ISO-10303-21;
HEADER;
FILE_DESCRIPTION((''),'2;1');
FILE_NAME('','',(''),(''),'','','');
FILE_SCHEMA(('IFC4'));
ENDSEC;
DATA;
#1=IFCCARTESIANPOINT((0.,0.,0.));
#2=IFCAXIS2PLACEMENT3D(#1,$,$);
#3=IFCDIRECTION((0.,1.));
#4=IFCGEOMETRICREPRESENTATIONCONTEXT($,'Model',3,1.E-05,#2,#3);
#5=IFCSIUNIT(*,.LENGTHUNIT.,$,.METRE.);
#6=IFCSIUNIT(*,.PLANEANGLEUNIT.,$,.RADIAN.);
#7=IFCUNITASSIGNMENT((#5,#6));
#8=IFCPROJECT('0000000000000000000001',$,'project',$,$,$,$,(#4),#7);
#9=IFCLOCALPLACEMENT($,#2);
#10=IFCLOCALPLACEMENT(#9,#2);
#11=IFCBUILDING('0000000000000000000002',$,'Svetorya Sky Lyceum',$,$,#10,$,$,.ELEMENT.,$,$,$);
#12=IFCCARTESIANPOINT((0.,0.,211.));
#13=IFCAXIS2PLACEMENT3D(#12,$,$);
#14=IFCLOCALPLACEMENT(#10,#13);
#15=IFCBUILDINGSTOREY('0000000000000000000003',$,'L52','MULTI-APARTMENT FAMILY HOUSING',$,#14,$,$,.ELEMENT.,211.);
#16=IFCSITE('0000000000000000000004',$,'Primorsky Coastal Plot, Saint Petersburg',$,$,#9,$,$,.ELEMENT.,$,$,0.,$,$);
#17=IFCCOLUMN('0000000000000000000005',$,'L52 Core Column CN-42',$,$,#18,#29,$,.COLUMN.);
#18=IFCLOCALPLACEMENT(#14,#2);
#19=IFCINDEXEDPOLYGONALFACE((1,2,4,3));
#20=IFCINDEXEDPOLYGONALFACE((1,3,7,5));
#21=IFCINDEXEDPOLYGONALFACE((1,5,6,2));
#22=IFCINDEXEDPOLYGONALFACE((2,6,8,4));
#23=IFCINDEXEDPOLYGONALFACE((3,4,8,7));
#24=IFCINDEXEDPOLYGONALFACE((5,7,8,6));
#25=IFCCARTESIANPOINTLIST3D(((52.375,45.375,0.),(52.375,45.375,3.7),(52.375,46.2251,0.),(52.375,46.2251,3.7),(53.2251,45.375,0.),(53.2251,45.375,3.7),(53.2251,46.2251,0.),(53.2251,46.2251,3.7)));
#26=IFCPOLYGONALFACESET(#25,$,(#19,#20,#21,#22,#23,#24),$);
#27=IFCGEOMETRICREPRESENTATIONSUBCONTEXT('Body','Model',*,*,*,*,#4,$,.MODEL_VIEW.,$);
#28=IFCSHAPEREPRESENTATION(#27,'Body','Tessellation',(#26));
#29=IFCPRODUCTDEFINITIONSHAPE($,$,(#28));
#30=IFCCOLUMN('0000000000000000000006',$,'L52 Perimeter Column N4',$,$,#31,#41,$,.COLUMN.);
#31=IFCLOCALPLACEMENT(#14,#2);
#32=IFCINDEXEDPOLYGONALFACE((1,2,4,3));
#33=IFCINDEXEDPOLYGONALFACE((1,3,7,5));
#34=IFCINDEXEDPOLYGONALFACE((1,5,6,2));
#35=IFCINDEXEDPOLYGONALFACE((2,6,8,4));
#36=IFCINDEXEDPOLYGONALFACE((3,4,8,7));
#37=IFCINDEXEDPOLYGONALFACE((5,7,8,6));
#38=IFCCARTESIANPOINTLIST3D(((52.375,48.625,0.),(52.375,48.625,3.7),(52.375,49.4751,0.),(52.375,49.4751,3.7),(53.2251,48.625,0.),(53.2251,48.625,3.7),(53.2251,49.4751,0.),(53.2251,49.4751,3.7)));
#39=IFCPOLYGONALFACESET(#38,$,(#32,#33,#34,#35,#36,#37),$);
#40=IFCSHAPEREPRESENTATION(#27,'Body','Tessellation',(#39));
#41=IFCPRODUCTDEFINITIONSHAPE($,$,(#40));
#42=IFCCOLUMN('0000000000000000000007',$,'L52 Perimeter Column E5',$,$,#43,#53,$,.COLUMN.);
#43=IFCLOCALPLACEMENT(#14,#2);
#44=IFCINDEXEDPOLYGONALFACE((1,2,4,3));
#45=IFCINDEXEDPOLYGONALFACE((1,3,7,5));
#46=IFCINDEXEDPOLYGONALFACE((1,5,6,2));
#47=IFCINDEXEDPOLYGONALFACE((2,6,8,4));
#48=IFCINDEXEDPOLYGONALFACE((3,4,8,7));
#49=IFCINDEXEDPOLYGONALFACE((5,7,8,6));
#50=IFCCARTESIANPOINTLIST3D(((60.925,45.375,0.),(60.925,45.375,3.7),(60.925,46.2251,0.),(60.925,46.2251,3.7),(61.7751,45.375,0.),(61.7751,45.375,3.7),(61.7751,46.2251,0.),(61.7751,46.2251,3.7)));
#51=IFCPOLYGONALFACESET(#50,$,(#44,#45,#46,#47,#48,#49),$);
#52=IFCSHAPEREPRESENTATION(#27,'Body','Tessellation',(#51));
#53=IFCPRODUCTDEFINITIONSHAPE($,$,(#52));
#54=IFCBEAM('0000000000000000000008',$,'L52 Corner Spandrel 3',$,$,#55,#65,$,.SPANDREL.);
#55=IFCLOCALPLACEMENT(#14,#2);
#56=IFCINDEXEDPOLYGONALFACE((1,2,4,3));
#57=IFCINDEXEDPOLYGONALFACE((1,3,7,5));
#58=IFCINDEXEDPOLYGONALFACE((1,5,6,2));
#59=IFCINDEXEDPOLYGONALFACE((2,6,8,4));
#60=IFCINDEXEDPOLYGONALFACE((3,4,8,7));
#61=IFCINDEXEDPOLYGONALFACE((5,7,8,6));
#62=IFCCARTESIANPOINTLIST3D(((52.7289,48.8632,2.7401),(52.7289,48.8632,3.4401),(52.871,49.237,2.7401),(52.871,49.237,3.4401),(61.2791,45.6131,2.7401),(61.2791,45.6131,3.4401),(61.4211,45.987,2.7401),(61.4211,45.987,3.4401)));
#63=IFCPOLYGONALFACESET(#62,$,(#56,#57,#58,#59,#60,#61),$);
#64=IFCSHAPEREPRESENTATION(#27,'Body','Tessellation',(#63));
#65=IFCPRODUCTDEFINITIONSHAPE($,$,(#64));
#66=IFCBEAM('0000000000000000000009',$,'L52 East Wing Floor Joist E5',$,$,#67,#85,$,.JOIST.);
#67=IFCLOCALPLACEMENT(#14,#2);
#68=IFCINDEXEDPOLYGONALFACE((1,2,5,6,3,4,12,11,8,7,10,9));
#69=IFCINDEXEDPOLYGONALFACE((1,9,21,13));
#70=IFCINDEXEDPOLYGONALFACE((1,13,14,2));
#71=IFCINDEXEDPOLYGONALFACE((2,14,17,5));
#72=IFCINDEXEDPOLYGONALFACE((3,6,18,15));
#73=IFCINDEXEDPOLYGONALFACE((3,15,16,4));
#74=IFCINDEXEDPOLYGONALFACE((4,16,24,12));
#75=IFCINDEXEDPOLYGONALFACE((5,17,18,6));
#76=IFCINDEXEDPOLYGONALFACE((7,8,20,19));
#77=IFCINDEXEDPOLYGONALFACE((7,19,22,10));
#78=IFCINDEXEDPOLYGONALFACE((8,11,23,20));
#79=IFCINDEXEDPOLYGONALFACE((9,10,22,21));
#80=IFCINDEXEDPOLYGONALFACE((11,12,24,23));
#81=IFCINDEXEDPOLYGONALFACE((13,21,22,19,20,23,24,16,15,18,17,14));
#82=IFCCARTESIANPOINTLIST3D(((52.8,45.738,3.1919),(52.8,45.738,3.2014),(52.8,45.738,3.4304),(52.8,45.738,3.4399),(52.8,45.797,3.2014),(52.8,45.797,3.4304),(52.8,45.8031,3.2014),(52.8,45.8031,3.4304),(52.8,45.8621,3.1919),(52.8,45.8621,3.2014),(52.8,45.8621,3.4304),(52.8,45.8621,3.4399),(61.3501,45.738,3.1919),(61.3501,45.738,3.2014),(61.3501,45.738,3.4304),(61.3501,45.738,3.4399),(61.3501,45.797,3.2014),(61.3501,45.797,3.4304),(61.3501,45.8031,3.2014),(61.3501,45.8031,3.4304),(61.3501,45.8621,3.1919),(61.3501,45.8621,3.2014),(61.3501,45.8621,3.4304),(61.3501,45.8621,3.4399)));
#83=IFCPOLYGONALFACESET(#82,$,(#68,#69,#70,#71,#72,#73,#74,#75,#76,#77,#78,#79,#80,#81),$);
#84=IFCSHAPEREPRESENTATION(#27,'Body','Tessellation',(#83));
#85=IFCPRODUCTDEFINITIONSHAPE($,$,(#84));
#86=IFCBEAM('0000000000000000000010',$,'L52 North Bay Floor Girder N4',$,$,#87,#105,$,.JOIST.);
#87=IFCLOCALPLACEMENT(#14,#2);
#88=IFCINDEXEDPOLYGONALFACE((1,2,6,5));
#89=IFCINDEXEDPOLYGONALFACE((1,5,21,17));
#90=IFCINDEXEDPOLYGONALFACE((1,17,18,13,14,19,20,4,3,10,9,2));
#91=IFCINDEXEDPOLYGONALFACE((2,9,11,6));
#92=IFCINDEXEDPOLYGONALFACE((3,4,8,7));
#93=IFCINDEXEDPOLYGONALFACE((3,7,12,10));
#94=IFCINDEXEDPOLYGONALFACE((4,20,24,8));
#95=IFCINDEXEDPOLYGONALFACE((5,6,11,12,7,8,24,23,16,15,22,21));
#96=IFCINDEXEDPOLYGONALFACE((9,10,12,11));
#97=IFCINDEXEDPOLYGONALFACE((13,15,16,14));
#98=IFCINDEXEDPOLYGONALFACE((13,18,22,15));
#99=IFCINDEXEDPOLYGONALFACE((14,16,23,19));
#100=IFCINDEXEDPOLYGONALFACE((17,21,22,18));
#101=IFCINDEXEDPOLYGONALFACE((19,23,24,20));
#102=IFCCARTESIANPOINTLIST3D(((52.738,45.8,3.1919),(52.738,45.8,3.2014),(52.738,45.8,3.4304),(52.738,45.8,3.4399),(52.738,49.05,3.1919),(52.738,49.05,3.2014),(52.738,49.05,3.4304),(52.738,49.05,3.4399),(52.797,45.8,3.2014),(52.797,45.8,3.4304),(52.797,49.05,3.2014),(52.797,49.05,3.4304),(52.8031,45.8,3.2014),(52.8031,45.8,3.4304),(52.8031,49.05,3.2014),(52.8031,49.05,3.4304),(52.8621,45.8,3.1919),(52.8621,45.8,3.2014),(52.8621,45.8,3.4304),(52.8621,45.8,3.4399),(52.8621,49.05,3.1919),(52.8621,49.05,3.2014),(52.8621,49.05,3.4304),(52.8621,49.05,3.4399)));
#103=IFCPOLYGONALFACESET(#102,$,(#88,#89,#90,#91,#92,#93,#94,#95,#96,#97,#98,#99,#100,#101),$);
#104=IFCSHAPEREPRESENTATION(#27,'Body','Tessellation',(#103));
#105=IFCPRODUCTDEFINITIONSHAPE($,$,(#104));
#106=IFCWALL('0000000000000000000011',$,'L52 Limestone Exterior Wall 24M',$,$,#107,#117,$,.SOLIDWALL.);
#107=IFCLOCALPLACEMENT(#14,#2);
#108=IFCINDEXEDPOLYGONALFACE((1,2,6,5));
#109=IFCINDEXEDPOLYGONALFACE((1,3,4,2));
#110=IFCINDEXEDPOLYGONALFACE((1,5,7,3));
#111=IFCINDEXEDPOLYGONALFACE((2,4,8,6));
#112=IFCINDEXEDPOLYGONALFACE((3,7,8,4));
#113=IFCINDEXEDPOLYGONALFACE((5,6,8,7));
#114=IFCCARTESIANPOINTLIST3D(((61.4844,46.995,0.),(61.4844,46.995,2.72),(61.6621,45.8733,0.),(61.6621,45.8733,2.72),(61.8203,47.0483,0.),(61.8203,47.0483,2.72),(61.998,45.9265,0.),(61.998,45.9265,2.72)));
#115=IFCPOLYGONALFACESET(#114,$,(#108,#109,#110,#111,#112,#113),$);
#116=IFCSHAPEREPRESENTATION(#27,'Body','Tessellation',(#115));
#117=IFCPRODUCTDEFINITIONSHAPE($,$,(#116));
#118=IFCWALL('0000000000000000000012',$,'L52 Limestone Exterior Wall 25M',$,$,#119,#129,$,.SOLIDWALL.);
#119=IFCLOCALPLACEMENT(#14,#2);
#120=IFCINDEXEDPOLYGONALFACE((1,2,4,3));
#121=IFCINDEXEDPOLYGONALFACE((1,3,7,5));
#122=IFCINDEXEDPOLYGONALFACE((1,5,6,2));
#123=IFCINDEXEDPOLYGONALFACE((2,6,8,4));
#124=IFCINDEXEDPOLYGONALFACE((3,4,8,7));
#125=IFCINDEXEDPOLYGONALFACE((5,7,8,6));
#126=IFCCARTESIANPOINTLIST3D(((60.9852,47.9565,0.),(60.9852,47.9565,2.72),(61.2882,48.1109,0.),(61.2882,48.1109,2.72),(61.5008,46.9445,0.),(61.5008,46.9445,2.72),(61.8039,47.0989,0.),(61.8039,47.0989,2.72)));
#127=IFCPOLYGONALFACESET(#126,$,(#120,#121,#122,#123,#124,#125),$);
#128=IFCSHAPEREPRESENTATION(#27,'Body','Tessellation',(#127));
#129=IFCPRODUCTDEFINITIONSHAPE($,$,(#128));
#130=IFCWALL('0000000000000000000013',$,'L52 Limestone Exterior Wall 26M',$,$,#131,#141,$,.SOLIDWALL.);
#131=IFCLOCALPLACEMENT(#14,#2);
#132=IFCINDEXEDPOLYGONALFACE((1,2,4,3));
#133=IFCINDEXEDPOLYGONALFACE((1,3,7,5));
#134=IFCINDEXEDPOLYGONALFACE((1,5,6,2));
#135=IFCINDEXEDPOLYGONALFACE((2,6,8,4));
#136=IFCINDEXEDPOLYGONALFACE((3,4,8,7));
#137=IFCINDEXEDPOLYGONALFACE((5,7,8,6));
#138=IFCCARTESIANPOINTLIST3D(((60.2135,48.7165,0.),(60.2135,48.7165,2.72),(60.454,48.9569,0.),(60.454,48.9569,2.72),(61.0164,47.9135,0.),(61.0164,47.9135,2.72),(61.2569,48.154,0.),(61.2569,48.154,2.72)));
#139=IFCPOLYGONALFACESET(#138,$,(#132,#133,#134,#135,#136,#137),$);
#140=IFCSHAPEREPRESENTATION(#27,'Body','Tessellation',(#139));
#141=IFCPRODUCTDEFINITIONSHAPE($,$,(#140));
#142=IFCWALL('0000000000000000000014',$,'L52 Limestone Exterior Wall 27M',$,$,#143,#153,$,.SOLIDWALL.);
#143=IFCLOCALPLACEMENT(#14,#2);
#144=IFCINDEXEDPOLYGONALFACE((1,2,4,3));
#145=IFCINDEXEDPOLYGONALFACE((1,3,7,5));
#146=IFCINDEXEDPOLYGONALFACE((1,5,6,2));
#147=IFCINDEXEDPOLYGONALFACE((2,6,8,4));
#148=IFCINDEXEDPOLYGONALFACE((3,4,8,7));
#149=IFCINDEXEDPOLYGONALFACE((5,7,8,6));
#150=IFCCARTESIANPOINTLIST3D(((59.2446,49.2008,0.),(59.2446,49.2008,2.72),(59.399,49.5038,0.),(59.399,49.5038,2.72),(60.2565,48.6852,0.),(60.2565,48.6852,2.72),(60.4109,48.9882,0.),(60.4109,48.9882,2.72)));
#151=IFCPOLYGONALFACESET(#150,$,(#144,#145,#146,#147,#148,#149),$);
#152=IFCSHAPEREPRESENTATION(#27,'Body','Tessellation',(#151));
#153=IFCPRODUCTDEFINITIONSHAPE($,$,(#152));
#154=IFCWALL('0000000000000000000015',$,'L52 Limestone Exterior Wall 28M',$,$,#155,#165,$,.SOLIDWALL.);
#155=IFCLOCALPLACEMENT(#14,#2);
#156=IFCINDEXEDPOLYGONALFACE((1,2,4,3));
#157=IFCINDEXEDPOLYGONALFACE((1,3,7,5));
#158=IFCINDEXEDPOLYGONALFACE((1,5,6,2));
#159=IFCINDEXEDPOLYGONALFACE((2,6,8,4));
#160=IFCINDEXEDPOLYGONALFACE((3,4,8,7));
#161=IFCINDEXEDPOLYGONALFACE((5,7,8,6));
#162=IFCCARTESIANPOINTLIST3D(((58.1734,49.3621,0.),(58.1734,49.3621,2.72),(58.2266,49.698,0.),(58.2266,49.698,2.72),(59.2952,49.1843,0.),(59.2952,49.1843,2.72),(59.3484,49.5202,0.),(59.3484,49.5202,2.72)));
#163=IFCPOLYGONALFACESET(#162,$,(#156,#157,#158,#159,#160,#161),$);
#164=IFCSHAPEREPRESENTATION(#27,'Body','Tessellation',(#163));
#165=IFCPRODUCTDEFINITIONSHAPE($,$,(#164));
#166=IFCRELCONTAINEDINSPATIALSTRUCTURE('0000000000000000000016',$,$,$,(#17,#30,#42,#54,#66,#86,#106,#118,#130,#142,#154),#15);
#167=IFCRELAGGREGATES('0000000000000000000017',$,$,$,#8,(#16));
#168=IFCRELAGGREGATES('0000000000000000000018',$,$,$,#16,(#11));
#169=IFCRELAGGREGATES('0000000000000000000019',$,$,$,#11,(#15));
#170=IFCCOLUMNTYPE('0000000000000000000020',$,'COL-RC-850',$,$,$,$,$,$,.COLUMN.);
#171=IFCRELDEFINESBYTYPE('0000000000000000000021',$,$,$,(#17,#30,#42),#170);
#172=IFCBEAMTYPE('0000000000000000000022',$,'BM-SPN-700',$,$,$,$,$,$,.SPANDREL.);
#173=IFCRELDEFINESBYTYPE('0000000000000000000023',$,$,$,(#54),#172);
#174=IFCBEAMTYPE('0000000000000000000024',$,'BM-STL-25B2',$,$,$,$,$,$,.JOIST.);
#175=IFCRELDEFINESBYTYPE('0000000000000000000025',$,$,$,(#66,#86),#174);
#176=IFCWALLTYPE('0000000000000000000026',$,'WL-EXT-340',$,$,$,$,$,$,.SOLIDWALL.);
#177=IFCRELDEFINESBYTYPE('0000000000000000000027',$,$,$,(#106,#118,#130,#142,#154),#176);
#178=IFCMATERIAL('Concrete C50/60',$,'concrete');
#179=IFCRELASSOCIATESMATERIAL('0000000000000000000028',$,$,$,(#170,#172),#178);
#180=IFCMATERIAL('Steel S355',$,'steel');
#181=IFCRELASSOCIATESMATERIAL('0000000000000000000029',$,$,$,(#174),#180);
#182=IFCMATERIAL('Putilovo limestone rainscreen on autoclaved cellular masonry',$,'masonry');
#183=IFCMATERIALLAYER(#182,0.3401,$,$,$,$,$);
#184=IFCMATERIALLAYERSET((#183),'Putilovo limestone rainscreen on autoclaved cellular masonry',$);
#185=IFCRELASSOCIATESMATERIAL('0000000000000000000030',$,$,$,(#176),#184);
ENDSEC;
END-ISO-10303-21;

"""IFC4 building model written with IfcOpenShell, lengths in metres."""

from ifc_helpers import new_model, si_unit, direction, frame, frame_2d, origin, origin_2d, place, context, subcontext, project, spatial, rectangle, i_section, extrude, material, layer, layer_set, material_profile, profile_set, type_object, element, save


model = new_model("IFC4")

# Units and contexts
model_context = context("Model", 3, precision=1e-05, world=origin(), true_north=direction((0.0, 1.0)))
body_context = subcontext(model_context, "Body", "Model", "MODEL_VIEW")
ifc_project = project(units=[si_unit("LENGTHUNIT", "METRE"), si_unit("PLANEANGLEUNIT", "RADIAN")], contexts=[model_context])

# Site, building, storey
site_placement = place(None, origin())
site = spatial("IfcSite", under=ifc_project, at=site_placement, Name="Primorsky Coastal Plot, Saint Petersburg", CompositionType="ELEMENT", RefElevation=0.0)
building_placement = place(site_placement, origin())
building = spatial("IfcBuilding", under=site, at=building_placement, Name="Svetorya Sky Lyceum", CompositionType="ELEMENT")
storey_placement = place(building_placement, frame((0.0, 0.0, 211.0)))
storey = spatial("IfcBuildingStorey", under=building, at=storey_placement, Name="L52", Description="MULTI-APARTMENT FAMILY HOUSING", CompositionType="ELEMENT", Elevation=211.0)

# Columns
ifc_material_1 = material(Name="Concrete C50/60", Category="concrete")
ifc_material_profile_1 = material_profile(ifc_material_1, rectangle(XDim=0.8501, YDim=0.8501, at=origin_2d()), Name="RC COL 850x850")
ifc_profile_set_1 = profile_set([ifc_material_profile_1], Name="Concrete C50/60")
column_type = type_object("IfcColumnType", Name="COL-RC-850", PredefinedType="COLUMN", material=ifc_profile_set_1)
for number, where, z_axis, x_axis, name in (
    (1, (52.8, 45.8, 0.0), (0.0, 0.0, 1.0), (1.0, 0.0, 0.0), "L52 Core Column CN-42"),
    (2, (52.8, 49.05, 0.0), (0.0, 0.0, 1.0), (1.0, 0.0, 0.0), "L52 Perimeter Column N4"),
    (3, (61.3501, 45.8, 0.0), (0.0, 0.0, 1.0), (1.0, 0.0, 0.0), "L52 Perimeter Column E5"),
):
    element("IfcColumn", number, at=place(storey_placement, frame(where, z_axis=z_axis, x_axis=x_axis)), inside=storey, type_object=column_type, Name=name, PredefinedType="COLUMN", context=body_context, shape_type="SweptSolid", body=[
        extrude(rectangle(XDim=0.8501, YDim=0.8501, at=origin_2d()), origin(), (0.0, 0.0, 1.0), 3.7),
    ])

# Beams
ifc_material_profile_2 = material_profile(ifc_material_1, rectangle(XDim=0.3999, YDim=0.7, at=origin_2d()), Name="RC SPANDREL 400x700")
ifc_profile_set_2 = profile_set([ifc_material_profile_2], Name="Concrete C50/60")
beam_type_1 = type_object("IfcBeamType", Name="BM-SPN-700", PredefinedType="SPANDREL", material=ifc_profile_set_2)
beam_1_placement = place(storey_placement, frame((61.3501, 45.8, 3.0901), z_axis=(-0.934748, 0.355312, 0.0), x_axis=(-0.355312, -0.934748, 0.0)))
element("IfcBeam", 4, at=beam_1_placement, inside=storey, type_object=beam_type_1, Name="L52 Corner Spandrel 3", PredefinedType="SPANDREL", context=body_context, shape_type="SweptSolid", body=[
    extrude(rectangle(XDim=0.3999, YDim=0.7, at=origin_2d()), origin(), (0.0, 0.0, 1.0), 9.147),
])
ifc_material_2 = material(Name="Steel S355", Category="steel")
ifc_material_profile_3 = material_profile(ifc_material_2, i_section(OverallWidth=0.124, OverallDepth=0.248, WebThickness=0.0061, FlangeThickness=0.0095, at=origin_2d()), Name="GOST 25B2")
ifc_profile_set_3 = profile_set([ifc_material_profile_3], Name="Steel S355")
beam_type_2 = type_object("IfcBeamType", Name="BM-STL-25B2", PredefinedType="JOIST", material=ifc_profile_set_3)
beam_2_placement = place(storey_placement, frame((52.8, 45.8, 3.3159), z_axis=(1.0, 0.0, 0.0), x_axis=(0.0, 1.0, 0.0)))
element("IfcBeam", 5, at=beam_2_placement, inside=storey, type_object=beam_type_2, Name="L52 East Wing Floor Joist E5", PredefinedType="JOIST", context=body_context, shape_type="SweptSolid", body=[
    extrude(i_section(OverallWidth=0.124, OverallDepth=0.248, WebThickness=0.0061, FlangeThickness=0.0095, at=origin_2d()), origin(), (0.0, 0.0, 1.0), 8.55),
])
beam_3_placement = place(storey_placement, frame((52.8, 45.8, 3.3159), z_axis=(0.0, 1.0, 0.0), x_axis=(-1.0, 0.0, 0.0)))
element("IfcBeam", 6, at=beam_3_placement, inside=storey, type_object=beam_type_2, Name="L52 North Bay Floor Girder N4", PredefinedType="JOIST", context=body_context, shape_type="SweptSolid", body=[
    extrude(i_section(OverallWidth=0.124, OverallDepth=0.248, WebThickness=0.0061, FlangeThickness=0.0095, at=origin_2d()), origin(), (0.0, 0.0, 1.0), 3.25),
])

# Walls
ifc_material_3 = material(Name="Putilovo limestone rainscreen on autoclaved cellular masonry", Category="masonry")
ifc_layer_1 = layer(ifc_material_3, 0.3401)
ifc_layer_set_1 = layer_set([ifc_layer_1], Name="Putilovo limestone rainscreen on autoclaved cellular masonry")
wall_type_1 = type_object("IfcWallType", Name="WL-EXT-340", PredefinedType="SOLIDWALL", material=ifc_layer_set_1)
for number, where, z_axis, x_axis, name in (
    (7, (61.8301, 45.8999, 0.0), (0.0, 0.0, 1.0), (-0.156481, 0.987681, 0.0), "L52 Limestone Exterior Wall 24M"),
    (8, (61.6523, 47.0217, 0.0), (0.0, 0.0, 1.0), (-0.453993, 0.891005, 0.0), "L52 Limestone Exterior Wall 25M"),
):
    element("IfcWall", number, at=place(storey_placement, frame(where, z_axis=z_axis, x_axis=x_axis)), inside=storey, type_object=wall_type_1, Name=name, PredefinedType="SOLIDWALL", context=body_context, shape_type="SweptSolid", body=[
        extrude(rectangle(XDim=1.1357, YDim=0.3401, at=frame_2d((0.5679, 0.0))), origin(), (0.0, 0.0, 1.0), 2.72),
    ])
wall_1_placement = place(storey_placement, frame((61.1367, 48.0337, 0.0), z_axis=(0.0, 0.0, 1.0), x_axis=(-0.707107, 0.707107, 0.0)))
element("IfcWall", 9, at=wall_1_placement, inside=storey, type_object=wall_type_1, Name="L52 Limestone Exterior Wall 26M", PredefinedType="SOLIDWALL", context=body_context, shape_type="SweptSolid", body=[
    extrude(rectangle(XDim=1.1355, YDim=0.3401, at=frame_2d((0.5679, 0.0))), origin(), (0.0, 0.0, 1.0), 2.72),
])
for number, where, z_axis, x_axis, name in (
    (10, (60.3337, 48.8367, 0.0), (0.0, 0.0, 1.0), (-0.891005, 0.453993, 0.0), "L52 Limestone Exterior Wall 27M"),
    (11, (59.3218, 49.3523, 0.0), (0.0, 0.0, 1.0), (-0.987681, 0.156481, 0.0), "L52 Limestone Exterior Wall 28M"),
):
    element("IfcWall", number, at=place(storey_placement, frame(where, z_axis=z_axis, x_axis=x_axis)), inside=storey, type_object=wall_type_1, Name=name, PredefinedType="SOLIDWALL", context=body_context, shape_type="SweptSolid", body=[
        extrude(rectangle(XDim=1.1357, YDim=0.3401, at=frame_2d((0.5679, 0.0))), origin(), (0.0, 0.0, 1.0), 2.72),
    ])

save(model, "model.ifc")
